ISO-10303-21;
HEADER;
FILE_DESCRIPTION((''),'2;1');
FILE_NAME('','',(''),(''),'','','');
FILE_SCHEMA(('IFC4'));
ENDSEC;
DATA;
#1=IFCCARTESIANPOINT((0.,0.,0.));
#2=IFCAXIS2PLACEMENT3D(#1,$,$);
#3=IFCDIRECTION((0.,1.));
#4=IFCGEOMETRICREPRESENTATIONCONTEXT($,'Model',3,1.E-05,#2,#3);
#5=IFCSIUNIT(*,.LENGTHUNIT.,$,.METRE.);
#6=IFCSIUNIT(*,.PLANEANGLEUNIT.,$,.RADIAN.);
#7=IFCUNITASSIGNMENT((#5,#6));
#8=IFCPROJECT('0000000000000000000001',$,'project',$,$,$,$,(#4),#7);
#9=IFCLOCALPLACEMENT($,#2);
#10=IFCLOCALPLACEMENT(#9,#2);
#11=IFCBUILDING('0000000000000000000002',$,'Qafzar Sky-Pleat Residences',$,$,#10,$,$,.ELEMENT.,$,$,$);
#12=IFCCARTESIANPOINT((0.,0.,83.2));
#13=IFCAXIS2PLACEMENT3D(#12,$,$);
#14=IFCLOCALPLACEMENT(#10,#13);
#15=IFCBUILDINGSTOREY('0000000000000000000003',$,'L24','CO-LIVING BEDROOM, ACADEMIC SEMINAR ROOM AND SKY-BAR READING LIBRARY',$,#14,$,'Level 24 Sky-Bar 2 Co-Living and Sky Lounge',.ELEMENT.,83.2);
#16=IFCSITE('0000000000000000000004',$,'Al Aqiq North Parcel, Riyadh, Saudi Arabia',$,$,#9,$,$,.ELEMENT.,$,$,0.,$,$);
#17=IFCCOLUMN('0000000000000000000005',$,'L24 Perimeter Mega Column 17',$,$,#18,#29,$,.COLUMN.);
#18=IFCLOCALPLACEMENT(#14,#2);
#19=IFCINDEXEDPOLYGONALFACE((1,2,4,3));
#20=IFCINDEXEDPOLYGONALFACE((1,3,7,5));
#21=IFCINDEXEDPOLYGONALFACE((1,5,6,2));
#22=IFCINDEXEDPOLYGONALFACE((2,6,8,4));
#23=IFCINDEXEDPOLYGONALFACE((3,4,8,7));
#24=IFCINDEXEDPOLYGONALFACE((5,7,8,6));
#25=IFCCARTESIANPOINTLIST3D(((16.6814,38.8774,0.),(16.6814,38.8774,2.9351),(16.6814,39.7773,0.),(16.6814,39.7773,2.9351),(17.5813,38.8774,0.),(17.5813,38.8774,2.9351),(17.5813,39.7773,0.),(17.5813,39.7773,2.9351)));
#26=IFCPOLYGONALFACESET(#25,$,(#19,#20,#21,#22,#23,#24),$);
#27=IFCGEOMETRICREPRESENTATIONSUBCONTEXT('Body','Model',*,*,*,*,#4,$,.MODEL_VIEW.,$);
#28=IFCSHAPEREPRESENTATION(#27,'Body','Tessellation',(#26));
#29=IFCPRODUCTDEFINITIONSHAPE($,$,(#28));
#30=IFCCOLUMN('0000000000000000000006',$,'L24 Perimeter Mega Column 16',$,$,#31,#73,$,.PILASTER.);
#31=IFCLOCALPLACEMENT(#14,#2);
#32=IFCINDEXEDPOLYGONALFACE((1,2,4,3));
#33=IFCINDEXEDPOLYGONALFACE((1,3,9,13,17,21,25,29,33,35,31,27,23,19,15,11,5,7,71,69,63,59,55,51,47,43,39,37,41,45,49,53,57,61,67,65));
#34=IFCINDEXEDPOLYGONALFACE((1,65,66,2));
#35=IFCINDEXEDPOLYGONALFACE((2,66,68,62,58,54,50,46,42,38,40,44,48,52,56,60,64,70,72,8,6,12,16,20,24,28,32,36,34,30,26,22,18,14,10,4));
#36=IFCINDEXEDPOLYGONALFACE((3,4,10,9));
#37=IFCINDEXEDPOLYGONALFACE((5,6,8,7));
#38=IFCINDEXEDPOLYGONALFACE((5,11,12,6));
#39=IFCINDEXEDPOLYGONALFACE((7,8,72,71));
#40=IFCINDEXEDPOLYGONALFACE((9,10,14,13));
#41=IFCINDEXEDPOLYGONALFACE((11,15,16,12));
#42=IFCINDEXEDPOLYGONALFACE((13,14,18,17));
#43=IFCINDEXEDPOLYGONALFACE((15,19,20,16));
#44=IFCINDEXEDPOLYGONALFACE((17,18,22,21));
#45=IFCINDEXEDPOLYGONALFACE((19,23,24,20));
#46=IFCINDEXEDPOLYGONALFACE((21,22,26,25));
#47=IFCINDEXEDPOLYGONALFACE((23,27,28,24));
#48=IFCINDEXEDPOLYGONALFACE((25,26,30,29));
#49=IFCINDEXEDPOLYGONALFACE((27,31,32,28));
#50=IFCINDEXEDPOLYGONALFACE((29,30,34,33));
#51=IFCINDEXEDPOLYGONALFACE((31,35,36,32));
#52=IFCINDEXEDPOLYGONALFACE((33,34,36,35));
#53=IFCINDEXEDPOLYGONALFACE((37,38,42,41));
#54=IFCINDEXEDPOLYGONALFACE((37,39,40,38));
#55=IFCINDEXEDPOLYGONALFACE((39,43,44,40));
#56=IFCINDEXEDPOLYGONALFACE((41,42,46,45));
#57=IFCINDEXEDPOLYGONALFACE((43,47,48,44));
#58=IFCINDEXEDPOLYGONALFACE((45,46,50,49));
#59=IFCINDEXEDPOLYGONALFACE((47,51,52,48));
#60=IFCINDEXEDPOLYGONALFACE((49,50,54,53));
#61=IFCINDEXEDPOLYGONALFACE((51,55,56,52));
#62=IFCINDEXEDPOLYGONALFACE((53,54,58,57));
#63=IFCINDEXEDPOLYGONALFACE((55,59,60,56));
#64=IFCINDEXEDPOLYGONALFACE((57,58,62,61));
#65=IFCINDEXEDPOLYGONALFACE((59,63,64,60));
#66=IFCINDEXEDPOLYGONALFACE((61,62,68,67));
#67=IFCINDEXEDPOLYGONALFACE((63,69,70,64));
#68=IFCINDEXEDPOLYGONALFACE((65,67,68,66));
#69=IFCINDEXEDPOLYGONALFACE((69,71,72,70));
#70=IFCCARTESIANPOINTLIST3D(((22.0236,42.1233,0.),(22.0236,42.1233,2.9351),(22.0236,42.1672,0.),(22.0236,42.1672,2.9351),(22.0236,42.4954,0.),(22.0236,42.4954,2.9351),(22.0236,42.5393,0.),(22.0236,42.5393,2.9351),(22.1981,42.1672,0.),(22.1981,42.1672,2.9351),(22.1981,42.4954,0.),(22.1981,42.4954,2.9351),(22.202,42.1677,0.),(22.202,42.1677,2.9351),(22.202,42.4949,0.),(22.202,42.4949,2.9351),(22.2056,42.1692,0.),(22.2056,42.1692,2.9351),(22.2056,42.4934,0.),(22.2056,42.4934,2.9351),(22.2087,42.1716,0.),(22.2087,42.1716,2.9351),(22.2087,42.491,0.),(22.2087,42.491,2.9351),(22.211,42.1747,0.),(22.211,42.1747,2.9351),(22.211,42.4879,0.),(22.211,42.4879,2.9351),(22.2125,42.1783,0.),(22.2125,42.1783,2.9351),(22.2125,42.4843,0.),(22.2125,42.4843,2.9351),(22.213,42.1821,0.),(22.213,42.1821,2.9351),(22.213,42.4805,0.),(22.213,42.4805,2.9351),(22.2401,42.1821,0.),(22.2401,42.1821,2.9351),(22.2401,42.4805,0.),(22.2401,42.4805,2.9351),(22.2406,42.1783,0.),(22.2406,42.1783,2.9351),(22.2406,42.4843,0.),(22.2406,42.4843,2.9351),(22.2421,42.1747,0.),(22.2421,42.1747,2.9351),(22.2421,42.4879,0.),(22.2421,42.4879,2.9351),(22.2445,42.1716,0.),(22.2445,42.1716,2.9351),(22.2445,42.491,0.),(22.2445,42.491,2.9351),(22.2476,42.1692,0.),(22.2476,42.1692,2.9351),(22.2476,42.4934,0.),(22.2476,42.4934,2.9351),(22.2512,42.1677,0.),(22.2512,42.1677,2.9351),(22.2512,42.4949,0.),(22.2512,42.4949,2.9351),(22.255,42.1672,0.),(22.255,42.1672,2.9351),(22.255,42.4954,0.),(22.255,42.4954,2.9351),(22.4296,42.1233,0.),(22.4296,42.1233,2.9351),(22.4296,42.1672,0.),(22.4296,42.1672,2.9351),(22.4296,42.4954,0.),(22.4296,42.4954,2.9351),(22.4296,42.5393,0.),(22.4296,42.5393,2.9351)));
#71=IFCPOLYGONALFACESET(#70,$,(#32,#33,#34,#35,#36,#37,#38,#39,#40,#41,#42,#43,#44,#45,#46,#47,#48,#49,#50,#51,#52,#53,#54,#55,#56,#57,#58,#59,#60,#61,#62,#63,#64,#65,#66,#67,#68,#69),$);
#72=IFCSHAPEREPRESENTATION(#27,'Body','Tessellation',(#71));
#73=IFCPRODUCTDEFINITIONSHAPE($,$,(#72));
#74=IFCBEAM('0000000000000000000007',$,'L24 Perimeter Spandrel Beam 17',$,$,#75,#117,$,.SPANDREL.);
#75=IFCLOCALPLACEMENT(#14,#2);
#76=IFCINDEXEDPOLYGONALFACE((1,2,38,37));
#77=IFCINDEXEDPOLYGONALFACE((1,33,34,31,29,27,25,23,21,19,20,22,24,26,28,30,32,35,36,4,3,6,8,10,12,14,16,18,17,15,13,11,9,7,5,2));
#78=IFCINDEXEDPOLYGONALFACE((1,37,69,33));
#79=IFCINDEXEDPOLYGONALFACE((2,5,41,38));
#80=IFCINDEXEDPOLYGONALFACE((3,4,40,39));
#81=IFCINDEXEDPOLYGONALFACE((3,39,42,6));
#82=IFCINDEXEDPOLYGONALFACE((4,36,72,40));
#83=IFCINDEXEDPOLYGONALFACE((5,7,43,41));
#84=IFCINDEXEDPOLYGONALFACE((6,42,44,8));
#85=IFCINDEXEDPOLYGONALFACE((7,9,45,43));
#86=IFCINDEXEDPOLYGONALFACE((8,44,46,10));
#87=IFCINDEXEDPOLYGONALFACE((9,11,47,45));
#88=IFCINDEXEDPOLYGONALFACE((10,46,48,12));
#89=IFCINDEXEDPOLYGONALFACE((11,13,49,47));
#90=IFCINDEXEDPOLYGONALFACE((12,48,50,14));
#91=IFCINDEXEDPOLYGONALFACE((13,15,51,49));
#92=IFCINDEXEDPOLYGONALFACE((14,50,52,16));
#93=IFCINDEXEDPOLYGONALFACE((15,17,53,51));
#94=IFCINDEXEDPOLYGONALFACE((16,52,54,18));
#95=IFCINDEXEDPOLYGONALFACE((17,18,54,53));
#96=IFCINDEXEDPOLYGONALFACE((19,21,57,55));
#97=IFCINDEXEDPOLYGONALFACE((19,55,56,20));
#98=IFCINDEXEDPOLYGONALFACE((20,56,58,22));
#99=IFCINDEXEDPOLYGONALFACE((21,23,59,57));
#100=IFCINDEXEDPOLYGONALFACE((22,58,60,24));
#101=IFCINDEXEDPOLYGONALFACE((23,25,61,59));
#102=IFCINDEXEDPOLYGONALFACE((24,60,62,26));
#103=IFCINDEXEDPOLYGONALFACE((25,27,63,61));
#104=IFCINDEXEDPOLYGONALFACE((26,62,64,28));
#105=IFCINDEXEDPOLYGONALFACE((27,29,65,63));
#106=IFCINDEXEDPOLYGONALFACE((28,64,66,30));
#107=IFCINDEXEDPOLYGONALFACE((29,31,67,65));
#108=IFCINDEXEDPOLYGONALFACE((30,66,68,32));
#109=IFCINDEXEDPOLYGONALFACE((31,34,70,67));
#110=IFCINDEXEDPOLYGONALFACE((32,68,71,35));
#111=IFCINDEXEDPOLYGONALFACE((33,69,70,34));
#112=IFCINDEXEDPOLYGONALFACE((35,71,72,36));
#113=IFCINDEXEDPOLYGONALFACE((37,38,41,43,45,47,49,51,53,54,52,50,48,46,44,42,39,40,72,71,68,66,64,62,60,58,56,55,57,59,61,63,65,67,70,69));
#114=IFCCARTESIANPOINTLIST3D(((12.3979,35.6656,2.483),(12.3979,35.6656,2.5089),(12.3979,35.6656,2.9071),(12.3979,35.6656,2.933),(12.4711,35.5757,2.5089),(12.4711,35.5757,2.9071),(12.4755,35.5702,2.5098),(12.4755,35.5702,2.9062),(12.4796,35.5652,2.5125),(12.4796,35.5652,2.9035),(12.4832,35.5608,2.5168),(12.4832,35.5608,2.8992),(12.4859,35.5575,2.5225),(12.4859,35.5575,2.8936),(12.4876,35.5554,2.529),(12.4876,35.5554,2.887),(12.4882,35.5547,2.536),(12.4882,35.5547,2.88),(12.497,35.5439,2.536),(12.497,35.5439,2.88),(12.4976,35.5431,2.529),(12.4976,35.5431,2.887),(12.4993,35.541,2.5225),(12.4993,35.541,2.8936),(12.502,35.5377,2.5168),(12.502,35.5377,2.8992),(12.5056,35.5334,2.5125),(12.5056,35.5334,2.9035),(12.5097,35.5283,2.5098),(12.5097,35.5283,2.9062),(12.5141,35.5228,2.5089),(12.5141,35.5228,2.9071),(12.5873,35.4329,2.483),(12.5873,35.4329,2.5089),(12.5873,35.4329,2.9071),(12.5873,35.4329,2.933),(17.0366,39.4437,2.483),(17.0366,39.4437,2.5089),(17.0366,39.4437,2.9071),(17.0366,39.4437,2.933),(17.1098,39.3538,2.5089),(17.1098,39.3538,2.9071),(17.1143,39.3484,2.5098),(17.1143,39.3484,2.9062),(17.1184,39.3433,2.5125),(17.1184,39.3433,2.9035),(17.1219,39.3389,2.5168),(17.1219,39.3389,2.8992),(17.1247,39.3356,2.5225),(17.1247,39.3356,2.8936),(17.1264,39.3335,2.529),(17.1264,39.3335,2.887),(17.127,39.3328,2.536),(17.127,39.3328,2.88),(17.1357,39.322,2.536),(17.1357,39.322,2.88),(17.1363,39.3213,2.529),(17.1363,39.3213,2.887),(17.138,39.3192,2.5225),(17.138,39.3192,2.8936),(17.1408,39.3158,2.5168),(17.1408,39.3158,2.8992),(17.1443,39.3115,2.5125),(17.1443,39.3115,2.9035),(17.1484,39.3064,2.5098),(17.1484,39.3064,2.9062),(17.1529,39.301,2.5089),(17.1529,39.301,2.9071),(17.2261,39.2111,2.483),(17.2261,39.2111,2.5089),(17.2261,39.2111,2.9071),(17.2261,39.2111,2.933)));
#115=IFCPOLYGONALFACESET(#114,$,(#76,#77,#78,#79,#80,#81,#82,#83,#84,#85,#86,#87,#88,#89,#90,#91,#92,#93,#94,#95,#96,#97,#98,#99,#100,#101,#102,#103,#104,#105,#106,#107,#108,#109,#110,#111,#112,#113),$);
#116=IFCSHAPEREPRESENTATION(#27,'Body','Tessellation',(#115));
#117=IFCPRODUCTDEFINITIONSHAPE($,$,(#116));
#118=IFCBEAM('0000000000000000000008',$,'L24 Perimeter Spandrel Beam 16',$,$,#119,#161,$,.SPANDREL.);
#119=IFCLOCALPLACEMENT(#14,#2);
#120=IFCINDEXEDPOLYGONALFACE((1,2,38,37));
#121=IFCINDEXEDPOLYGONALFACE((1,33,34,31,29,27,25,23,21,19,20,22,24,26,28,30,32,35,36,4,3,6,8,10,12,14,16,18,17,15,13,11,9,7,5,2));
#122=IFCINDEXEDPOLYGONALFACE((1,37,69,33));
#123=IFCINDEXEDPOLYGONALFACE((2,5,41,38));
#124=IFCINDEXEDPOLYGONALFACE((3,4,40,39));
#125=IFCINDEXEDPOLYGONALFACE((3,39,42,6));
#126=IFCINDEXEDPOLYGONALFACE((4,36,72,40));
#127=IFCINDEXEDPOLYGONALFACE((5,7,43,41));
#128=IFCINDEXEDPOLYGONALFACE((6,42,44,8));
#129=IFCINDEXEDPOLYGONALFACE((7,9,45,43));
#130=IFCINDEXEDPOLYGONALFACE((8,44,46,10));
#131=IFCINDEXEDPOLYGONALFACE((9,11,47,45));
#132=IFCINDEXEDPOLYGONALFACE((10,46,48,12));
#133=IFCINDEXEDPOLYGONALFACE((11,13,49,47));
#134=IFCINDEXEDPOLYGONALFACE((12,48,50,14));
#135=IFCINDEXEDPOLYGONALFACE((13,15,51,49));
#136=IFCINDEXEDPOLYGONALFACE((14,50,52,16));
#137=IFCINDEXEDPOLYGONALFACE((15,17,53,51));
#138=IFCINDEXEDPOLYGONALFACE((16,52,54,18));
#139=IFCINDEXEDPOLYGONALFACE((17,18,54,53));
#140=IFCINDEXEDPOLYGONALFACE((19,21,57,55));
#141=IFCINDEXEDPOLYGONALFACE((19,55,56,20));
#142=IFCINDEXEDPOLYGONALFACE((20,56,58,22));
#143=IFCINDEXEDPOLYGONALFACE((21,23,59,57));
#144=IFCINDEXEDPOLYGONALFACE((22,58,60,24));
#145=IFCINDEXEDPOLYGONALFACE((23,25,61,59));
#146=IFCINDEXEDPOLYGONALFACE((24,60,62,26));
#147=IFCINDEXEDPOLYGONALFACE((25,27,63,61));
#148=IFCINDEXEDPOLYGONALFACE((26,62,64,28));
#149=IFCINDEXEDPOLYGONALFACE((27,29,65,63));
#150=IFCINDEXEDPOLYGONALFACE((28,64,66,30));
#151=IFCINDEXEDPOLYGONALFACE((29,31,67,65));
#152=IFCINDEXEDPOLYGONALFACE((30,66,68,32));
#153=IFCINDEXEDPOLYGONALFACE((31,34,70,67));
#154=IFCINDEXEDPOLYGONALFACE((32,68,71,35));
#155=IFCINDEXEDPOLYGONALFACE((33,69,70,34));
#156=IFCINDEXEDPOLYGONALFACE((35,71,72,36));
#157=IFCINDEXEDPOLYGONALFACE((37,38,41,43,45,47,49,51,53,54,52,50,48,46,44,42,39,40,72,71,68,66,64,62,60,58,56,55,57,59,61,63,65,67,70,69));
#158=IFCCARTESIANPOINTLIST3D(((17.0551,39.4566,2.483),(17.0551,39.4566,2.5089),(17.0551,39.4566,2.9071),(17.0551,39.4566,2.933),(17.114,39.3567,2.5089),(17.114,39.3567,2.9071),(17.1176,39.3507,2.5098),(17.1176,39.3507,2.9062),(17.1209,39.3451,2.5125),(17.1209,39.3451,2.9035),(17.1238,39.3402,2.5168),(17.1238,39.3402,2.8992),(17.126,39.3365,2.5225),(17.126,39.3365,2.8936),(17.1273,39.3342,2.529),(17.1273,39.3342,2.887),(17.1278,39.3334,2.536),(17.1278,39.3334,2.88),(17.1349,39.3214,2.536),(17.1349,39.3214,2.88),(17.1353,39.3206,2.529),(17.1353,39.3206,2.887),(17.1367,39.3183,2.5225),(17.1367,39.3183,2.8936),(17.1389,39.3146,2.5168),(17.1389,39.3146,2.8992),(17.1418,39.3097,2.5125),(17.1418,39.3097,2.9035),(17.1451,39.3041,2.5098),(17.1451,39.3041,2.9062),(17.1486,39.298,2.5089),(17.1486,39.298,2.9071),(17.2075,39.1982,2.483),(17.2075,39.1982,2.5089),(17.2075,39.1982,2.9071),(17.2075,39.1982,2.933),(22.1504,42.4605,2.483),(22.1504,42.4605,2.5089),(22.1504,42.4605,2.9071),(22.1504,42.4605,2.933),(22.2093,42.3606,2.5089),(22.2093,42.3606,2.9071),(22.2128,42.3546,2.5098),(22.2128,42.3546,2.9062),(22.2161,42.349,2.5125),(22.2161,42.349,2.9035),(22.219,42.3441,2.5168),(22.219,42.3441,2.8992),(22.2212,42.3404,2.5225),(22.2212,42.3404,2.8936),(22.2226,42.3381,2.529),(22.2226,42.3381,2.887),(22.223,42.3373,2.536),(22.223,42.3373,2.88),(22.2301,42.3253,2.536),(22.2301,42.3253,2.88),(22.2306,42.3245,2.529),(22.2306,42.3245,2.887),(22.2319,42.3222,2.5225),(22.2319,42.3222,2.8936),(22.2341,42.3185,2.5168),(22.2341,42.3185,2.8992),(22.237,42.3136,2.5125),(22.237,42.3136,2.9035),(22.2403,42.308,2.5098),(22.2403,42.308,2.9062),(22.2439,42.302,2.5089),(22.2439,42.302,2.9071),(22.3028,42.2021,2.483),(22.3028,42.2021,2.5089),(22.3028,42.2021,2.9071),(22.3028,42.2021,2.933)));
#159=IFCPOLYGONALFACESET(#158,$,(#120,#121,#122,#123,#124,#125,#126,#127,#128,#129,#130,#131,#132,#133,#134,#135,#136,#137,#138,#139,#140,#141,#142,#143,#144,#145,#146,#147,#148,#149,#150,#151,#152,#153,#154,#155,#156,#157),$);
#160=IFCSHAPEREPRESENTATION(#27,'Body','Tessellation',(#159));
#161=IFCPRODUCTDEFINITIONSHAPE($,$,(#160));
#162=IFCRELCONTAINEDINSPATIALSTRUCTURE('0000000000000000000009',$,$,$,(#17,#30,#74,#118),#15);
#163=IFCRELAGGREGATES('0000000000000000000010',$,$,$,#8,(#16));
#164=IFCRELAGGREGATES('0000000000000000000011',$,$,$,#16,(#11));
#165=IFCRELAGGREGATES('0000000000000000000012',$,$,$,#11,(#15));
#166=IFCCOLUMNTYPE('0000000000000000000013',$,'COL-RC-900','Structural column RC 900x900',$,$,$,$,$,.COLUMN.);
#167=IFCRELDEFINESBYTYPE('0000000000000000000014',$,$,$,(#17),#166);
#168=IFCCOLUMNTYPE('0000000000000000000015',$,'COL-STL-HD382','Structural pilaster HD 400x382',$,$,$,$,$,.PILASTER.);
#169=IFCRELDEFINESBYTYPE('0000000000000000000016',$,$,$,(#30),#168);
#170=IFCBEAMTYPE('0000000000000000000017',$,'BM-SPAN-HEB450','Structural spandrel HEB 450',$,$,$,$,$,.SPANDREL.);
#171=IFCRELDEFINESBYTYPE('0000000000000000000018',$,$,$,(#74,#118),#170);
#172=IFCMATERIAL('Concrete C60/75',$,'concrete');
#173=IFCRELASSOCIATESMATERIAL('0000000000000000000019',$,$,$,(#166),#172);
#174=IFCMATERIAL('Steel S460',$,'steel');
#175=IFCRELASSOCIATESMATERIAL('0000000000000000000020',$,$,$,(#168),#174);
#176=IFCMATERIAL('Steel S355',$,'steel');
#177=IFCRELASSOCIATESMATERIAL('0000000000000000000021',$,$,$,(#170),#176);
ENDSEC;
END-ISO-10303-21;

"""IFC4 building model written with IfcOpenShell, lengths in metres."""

from ifc_helpers import new_model, si_unit, direction, frame, origin, origin_2d, place, context, subcontext, project, spatial, rectangle, i_section, extrude, source, transform, mapped, material, material_profile, profile_set, type_object, element, save


model = new_model("IFC4")

# Units and contexts
model_context = context("Model", 3, precision=1e-05, world=origin(), true_north=direction((0.0, 1.0)))
body_context = subcontext(model_context, "Body", "Model", "MODEL_VIEW")
ifc_project = project(units=[si_unit("LENGTHUNIT", "METRE"), si_unit("PLANEANGLEUNIT", "RADIAN")], contexts=[model_context])

# Site, building, storey
site_placement = place(None, origin())
site = spatial("IfcSite", under=ifc_project, at=site_placement, Name="Al Aqiq North Parcel, Riyadh, Saudi Arabia", CompositionType="ELEMENT", RefElevation=0.0)
building_placement = place(site_placement, origin())
building = spatial("IfcBuilding", under=site, at=building_placement, Name="Qafzar Sky-Pleat Residences", CompositionType="ELEMENT")
storey_placement = place(building_placement, frame((0.0, 0.0, 83.2)))
storey = spatial("IfcBuildingStorey", under=building, at=storey_placement, Name="L24", Description="CO-LIVING BEDROOM, ACADEMIC SEMINAR ROOM AND SKY-BAR READING LIBRARY", LongName="Level 24 Sky-Bar 2 Co-Living and Sky Lounge", CompositionType="ELEMENT", Elevation=83.2)

# Columns
ifc_material_1 = material(Name="Concrete C60/75", Category="concrete")
ifc_material_profile_1 = material_profile(ifc_material_1, rectangle(XDim=0.8999, YDim=0.8999, at=origin_2d()), Name="RC 900x900")
ifc_profile_set_1 = profile_set([ifc_material_profile_1], Name="Concrete C60/75")
column_type_1 = type_object("IfcColumnType", Name="COL-RC-900", Description="Structural column RC 900x900", PredefinedType="COLUMN", material=ifc_profile_set_1)
shared_shape_1 = source(origin(), body_context, "Body", "SweptSolid", [
    extrude(rectangle(XDim=0.8999, YDim=0.8999, at=origin_2d()), origin(), (0.0, 0.0, 1.0), 2.9351),
])
column_1_placement = place(storey_placement, frame((17.1313, 39.3274, 0.0), z_axis=(0.0, 0.0, 1.0), x_axis=(1.0, 0.0, 0.0)))
element("IfcColumn", 1, at=column_1_placement, inside=storey, type_object=column_type_1, Name="L24 Perimeter Mega Column 17", PredefinedType="COLUMN", context=body_context, shape_type="MappedRepresentation", body=[
    mapped(shared_shape_1, transform((0.0, 0.0, 0.0), x_axis=(1.0, 0.0, 0.0), y_axis=(0.0, 1.0, 0.0), z_axis=(0.0, 0.0, 1.0), scale=1.0)),
])
ifc_material_2 = material(Name="Steel S460", Category="steel")
ifc_material_profile_2 = material_profile(ifc_material_2, i_section(OverallWidth=0.406, OverallDepth=0.416, WebThickness=0.0271, FlangeThickness=0.0439, FilletRadius=0.0149, at=origin_2d()), Name="HD 400x382")
ifc_profile_set_2 = profile_set([ifc_material_profile_2], Name="Steel S460")
column_type_2 = type_object("IfcColumnType", Name="COL-STL-HD382", Description="Structural pilaster HD 400x382", PredefinedType="PILASTER", material=ifc_profile_set_2)
shared_shape_2 = source(origin(), body_context, "Body", "SweptSolid", [
    extrude(i_section(OverallWidth=0.406, OverallDepth=0.416, WebThickness=0.0271, FlangeThickness=0.0439, FilletRadius=0.0149, at=origin_2d()), origin(), (0.0, 0.0, 1.0), 2.9351),
])
column_2_placement = place(storey_placement, frame((22.2266, 42.3313, 0.0), z_axis=(0.0, 0.0, 1.0), x_axis=(1.0, 0.0, 0.0)))
element("IfcColumn", 2, at=column_2_placement, inside=storey, type_object=column_type_2, Name="L24 Perimeter Mega Column 16", PredefinedType="PILASTER", context=body_context, shape_type="MappedRepresentation", body=[
    mapped(shared_shape_2, transform((0.0, 0.0, 0.0), x_axis=(1.0, 0.0, 0.0), y_axis=(0.0, 1.0, 0.0), z_axis=(0.0, 0.0, 1.0), scale=1.0)),
])

# Beams
ifc_material_3 = material(Name="Steel S355", Category="steel")
ifc_material_profile_3 = material_profile(ifc_material_3, i_section(OverallWidth=0.3, OverallDepth=0.45, WebThickness=0.0139, FlangeThickness=0.0259, FilletRadius=0.0271, at=origin_2d()), Name="HEB 450")
ifc_profile_set_3 = profile_set([ifc_material_profile_3], Name="Steel S355")
beam_type_1 = type_object("IfcBeamType", Name="BM-SPAN-HEB450", Description="Structural spandrel HEB 450", PredefinedType="SPANDREL", material=ifc_profile_set_3)
shared_shape_3 = source(origin(), body_context, "Body", "SweptSolid", [
    extrude(i_section(OverallWidth=0.3, OverallDepth=0.45, WebThickness=0.0139, FlangeThickness=0.0259, FilletRadius=0.0271, at=origin_2d()), origin(), (0.0, 0.0, 1.0), 5.9827),
])
beam_1_placement = place(storey_placement, frame((17.1313, 39.3274, 2.708), z_axis=(-0.775364, -0.631514, 0.0), x_axis=(0.631514, -0.775364, 0.0)))
element("IfcBeam", 3, at=beam_1_placement, inside=storey, type_object=beam_type_1, Name="L24 Perimeter Spandrel Beam 17", PredefinedType="SPANDREL", context=body_context, shape_type="MappedRepresentation", body=[
    mapped(shared_shape_3, transform((0.0, 0.0, 0.0), x_axis=(1.0, 0.0, 0.0), y_axis=(0.0, 1.0, 0.0), z_axis=(0.0, 0.0, 1.0), scale=1.0)),
])
shared_shape_4 = source(origin(), body_context, "Body", "SweptSolid", [
    extrude(i_section(OverallWidth=0.3, OverallDepth=0.45, WebThickness=0.0139, FlangeThickness=0.0259, FilletRadius=0.0271, at=origin_2d()), origin(), (0.0, 0.0, 1.0), 5.9148),
])
beam_2_placement = place(storey_placement, frame((22.2266, 42.3313, 2.708), z_axis=(-0.861437, -0.507864, 0.0), x_axis=(0.507864, -0.861437, 0.0)))
element("IfcBeam", 4, at=beam_2_placement, inside=storey, type_object=beam_type_1, Name="L24 Perimeter Spandrel Beam 16", PredefinedType="SPANDREL", context=body_context, shape_type="MappedRepresentation", body=[
    mapped(shared_shape_4, transform((0.0, 0.0, 0.0), x_axis=(1.0, 0.0, 0.0), y_axis=(0.0, 1.0, 0.0), z_axis=(0.0, 0.0, 1.0), scale=1.0)),
])

save(model, "model.ifc")
